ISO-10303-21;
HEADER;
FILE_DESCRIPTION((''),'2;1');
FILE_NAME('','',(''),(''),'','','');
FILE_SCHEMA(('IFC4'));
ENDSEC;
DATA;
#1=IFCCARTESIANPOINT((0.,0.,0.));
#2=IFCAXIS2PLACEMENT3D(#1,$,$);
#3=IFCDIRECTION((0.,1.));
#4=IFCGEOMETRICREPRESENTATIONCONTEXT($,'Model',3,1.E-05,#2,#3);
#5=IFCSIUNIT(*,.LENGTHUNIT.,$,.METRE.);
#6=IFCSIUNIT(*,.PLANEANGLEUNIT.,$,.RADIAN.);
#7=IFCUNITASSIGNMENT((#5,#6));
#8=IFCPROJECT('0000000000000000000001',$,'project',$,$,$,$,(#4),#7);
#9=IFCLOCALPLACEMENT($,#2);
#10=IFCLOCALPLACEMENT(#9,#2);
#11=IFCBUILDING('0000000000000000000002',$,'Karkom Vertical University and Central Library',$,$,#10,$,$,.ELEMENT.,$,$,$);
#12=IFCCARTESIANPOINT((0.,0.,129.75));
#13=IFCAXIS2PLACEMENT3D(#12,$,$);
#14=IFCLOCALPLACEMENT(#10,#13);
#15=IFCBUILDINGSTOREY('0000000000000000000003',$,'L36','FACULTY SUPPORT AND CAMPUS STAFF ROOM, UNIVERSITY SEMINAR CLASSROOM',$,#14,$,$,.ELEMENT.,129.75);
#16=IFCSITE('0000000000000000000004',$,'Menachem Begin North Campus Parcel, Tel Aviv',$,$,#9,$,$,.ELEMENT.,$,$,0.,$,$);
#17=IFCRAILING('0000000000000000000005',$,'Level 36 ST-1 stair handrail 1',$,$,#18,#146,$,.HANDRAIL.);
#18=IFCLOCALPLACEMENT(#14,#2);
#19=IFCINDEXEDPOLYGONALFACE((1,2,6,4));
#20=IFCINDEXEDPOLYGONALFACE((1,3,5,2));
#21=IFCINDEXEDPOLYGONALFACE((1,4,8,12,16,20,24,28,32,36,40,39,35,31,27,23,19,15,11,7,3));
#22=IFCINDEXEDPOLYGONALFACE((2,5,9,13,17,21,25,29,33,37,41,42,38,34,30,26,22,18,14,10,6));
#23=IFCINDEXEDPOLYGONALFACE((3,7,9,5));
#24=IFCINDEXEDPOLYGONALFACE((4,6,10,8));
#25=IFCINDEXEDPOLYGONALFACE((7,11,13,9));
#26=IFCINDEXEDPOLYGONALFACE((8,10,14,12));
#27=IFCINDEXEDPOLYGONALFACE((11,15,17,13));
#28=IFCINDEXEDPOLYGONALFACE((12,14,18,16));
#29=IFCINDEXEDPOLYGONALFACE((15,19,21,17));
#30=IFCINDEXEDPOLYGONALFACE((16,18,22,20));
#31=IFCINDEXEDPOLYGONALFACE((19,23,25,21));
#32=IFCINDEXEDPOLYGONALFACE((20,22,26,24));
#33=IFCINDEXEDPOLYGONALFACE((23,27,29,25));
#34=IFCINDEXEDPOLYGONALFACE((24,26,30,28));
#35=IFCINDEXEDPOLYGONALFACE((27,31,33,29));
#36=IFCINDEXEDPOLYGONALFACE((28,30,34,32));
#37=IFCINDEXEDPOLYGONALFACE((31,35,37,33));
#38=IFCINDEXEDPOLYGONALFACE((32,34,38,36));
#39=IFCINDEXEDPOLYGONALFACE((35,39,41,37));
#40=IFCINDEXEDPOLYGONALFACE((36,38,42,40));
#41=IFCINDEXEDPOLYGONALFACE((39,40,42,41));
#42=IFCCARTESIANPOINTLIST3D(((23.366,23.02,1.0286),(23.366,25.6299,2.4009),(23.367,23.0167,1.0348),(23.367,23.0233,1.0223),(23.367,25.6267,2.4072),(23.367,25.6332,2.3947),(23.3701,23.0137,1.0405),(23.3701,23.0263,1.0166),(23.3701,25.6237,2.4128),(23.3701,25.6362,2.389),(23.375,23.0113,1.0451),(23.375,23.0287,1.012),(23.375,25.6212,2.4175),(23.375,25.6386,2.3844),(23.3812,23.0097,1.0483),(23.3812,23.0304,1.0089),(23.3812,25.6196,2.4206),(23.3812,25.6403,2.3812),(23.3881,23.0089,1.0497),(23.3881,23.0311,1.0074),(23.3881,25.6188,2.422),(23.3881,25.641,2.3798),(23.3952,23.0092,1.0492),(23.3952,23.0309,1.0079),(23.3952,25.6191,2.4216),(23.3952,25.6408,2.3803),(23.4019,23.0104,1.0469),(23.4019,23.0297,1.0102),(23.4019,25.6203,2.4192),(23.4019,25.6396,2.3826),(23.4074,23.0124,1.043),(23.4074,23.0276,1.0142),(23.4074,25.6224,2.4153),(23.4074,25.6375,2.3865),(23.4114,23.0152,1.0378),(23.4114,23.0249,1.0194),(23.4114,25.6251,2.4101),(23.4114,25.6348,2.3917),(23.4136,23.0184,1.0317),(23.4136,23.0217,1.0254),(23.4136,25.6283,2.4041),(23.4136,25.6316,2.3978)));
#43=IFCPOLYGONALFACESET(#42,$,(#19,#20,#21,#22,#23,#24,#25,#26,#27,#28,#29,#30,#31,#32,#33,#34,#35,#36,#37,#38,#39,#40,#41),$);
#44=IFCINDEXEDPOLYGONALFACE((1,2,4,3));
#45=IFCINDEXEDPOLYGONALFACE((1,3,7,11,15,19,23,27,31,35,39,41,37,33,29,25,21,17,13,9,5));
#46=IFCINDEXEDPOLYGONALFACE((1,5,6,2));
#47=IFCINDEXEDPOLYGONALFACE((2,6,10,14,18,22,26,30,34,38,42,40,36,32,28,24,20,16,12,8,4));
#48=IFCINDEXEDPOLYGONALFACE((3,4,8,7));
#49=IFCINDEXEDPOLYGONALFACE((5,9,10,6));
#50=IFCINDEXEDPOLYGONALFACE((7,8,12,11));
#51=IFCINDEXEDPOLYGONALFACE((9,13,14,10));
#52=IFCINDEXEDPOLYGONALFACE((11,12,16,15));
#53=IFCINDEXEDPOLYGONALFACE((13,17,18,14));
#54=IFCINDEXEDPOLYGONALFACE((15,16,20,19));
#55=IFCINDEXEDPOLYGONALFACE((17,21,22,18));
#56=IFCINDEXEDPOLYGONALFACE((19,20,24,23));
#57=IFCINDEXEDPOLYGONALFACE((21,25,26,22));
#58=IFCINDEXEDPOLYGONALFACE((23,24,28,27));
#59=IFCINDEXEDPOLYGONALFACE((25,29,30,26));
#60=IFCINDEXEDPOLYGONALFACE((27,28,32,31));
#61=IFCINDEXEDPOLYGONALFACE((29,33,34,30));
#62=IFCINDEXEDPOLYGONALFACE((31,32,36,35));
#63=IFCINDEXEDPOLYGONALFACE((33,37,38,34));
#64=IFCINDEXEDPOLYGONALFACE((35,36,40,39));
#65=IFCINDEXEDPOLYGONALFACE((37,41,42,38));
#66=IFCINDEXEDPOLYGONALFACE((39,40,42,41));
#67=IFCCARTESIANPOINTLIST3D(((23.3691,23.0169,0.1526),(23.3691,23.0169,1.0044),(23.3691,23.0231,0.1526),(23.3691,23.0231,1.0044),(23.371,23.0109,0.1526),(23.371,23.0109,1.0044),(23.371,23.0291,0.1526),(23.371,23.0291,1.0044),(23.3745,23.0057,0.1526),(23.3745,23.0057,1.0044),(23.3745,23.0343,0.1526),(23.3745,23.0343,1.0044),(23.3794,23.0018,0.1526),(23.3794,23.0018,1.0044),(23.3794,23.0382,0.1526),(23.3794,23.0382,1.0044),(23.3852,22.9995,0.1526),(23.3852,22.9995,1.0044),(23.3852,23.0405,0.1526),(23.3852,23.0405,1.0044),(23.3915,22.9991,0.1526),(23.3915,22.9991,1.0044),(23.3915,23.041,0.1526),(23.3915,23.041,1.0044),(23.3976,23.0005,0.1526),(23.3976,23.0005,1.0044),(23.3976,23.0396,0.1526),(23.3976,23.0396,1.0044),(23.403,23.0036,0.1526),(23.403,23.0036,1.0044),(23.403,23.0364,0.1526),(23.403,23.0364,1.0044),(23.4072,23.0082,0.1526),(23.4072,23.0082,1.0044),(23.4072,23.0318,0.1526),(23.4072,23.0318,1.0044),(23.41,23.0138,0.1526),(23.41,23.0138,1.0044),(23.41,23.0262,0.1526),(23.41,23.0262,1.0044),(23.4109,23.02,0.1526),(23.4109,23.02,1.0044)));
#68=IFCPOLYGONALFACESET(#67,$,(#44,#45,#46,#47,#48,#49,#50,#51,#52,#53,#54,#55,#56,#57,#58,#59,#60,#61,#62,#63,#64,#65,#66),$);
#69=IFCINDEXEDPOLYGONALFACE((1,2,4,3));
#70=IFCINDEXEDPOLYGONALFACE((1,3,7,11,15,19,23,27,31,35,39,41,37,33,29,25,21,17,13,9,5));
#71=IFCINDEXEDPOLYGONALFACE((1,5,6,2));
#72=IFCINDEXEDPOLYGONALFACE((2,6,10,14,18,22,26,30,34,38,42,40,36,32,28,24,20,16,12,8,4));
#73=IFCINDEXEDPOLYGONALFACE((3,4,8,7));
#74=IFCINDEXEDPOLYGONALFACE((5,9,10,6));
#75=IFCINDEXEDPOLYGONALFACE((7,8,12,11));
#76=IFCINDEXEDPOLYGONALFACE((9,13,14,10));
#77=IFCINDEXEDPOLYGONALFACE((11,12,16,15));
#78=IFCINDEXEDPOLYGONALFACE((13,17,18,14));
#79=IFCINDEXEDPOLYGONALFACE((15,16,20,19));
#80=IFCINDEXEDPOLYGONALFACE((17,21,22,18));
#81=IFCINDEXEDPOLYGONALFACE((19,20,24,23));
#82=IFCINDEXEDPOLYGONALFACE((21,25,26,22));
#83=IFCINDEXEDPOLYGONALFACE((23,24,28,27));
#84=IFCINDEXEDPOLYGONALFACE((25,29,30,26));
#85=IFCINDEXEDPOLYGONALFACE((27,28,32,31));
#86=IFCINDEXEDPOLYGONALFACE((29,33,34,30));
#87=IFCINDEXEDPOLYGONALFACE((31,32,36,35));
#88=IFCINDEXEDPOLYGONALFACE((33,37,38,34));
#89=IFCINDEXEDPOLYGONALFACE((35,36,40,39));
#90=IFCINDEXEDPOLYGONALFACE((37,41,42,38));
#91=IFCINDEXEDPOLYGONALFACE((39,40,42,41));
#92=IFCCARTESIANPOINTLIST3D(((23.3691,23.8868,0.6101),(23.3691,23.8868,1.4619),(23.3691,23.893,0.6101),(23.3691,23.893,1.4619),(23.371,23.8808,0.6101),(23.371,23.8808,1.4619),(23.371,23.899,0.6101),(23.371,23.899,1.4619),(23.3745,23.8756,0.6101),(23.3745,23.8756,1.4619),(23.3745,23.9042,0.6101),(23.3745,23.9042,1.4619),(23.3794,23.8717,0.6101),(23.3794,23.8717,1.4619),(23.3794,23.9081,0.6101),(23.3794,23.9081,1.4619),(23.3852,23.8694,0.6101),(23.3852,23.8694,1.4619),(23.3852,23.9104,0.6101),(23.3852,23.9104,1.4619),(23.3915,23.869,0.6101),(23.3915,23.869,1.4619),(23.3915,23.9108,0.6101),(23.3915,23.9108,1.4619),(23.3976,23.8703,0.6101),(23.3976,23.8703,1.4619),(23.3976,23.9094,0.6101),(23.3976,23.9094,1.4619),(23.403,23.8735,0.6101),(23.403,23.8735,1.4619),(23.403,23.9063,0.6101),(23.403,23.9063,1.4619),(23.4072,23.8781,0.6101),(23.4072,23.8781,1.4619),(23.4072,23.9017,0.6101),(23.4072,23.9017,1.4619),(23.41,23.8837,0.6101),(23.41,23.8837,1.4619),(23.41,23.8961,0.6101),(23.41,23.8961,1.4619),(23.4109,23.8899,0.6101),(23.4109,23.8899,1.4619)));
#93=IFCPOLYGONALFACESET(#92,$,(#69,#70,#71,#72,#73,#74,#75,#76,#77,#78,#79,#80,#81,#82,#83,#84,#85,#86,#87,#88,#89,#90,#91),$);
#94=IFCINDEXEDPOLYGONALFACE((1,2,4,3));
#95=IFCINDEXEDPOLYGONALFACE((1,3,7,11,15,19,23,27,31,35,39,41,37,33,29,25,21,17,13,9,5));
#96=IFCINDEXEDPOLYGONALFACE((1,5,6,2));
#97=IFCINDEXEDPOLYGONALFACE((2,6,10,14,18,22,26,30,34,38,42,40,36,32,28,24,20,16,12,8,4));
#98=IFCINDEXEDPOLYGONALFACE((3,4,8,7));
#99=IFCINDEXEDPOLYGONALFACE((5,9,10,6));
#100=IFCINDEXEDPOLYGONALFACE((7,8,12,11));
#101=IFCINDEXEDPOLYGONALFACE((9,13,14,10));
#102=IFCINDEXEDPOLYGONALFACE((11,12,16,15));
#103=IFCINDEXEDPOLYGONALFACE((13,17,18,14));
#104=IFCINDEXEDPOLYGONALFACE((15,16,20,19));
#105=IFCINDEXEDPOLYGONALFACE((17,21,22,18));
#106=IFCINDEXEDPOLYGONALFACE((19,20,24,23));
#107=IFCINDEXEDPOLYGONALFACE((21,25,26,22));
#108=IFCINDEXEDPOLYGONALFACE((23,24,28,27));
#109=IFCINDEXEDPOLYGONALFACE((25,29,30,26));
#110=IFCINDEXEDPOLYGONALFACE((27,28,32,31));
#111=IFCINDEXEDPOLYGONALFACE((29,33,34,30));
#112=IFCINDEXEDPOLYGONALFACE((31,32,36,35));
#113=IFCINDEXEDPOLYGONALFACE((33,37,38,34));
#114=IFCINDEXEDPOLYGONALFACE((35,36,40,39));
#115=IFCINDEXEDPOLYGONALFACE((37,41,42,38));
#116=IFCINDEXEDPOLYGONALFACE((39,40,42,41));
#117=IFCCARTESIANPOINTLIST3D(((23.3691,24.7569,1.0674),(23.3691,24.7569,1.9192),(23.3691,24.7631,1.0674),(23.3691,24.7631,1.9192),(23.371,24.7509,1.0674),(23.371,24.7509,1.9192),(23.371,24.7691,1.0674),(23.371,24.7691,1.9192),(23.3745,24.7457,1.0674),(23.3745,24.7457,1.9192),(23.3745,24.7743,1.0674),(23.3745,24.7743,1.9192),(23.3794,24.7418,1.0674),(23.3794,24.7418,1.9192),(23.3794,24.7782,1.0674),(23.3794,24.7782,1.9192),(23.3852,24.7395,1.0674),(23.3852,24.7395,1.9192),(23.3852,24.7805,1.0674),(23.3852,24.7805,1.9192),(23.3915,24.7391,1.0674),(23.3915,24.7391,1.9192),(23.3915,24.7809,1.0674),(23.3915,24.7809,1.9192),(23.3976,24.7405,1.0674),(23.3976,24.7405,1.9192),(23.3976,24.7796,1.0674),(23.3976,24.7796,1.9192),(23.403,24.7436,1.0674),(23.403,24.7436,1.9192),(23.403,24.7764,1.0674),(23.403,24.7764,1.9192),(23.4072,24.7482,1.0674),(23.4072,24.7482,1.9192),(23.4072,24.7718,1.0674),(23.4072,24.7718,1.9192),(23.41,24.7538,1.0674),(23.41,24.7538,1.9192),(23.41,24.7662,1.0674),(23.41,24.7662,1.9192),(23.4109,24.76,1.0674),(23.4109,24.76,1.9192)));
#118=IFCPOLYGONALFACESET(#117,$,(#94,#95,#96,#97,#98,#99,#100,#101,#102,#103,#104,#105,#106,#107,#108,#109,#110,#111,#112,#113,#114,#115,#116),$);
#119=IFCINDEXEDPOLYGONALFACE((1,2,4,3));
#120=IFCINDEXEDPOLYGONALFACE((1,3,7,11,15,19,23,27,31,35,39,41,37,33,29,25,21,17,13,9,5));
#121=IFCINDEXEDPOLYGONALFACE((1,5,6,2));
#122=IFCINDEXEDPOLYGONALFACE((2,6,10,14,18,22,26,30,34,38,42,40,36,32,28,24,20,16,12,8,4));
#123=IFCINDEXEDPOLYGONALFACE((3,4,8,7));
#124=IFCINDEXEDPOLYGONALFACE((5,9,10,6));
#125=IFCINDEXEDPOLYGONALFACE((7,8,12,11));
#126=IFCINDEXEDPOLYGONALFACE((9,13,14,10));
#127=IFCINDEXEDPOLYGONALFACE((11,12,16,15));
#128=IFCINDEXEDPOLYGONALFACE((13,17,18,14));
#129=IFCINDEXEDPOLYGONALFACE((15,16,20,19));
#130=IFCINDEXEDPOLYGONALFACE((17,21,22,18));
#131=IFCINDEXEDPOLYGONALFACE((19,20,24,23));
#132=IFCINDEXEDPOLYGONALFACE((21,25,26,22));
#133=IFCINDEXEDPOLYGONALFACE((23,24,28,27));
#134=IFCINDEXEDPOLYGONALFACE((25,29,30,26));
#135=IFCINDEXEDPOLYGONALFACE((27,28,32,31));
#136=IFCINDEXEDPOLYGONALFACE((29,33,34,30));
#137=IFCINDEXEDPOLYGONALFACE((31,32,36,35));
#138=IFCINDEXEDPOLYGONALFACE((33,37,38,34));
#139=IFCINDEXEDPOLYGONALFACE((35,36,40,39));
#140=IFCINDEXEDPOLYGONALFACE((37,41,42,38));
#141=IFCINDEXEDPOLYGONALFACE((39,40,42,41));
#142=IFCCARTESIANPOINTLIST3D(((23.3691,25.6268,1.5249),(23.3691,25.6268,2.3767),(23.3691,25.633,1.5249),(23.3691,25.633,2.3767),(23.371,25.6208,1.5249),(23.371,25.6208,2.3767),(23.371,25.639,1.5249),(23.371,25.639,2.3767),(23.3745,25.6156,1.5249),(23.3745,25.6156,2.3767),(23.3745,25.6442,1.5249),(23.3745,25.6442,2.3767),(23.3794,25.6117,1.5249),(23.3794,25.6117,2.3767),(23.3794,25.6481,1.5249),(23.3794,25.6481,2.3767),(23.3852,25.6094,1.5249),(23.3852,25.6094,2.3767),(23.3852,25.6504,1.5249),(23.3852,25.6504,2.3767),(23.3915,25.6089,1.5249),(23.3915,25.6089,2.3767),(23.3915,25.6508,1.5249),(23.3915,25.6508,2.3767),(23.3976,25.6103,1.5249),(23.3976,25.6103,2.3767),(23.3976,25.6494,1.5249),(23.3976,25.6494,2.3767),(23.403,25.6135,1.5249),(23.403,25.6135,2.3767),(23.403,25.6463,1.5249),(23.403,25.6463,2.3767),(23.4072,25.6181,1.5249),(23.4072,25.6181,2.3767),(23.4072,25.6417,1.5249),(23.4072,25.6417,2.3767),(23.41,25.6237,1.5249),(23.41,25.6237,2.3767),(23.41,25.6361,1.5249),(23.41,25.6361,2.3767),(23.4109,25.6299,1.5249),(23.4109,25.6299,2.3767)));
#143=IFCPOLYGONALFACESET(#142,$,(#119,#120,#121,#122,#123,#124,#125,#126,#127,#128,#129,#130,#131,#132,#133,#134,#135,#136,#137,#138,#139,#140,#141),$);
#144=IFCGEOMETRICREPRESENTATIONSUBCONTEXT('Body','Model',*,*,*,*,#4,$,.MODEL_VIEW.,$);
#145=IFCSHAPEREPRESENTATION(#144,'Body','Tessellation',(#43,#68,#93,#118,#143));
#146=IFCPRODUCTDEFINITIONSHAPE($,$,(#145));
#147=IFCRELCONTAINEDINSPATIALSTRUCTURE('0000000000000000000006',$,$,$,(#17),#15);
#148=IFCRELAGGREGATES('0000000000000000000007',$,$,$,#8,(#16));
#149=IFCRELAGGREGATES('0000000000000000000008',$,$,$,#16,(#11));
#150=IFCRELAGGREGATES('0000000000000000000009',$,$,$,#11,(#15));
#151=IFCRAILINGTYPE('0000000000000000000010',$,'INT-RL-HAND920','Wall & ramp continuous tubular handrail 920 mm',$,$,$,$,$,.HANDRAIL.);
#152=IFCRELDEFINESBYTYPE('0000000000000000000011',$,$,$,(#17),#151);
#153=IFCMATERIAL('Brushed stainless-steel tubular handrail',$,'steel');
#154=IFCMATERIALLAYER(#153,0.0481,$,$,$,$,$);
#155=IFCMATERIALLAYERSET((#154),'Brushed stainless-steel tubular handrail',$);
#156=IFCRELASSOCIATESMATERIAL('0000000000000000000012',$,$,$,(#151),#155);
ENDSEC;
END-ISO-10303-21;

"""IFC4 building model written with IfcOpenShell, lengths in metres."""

from ifc_helpers import new_model, si_unit, direction, frame, origin, origin_2d, place, context, subcontext, project, spatial, circle, extrude, material, layer, layer_set, type_object, element, save


model = new_model("IFC4")

# Units and contexts
model_context = context("Model", 3, precision=1e-05, world=origin(), true_north=direction((0.0, 1.0)))
body_context = subcontext(model_context, "Body", "Model", "MODEL_VIEW")
ifc_project = project(units=[si_unit("LENGTHUNIT", "METRE"), si_unit("PLANEANGLEUNIT", "RADIAN")], contexts=[model_context])

# Site, building, storey
site_placement = place(None, origin())
site = spatial("IfcSite", under=ifc_project, at=site_placement, Name="Menachem Begin North Campus Parcel, Tel Aviv", CompositionType="ELEMENT", RefElevation=0.0)
building_placement = place(site_placement, origin())
building = spatial("IfcBuilding", under=site, at=building_placement, Name="Karkom Vertical University and Central Library", CompositionType="ELEMENT")
storey_placement = place(building_placement, frame((0.0, 0.0, 129.75)))
storey = spatial("IfcBuildingStorey", under=building, at=storey_placement, Name="L36", Description="FACULTY SUPPORT AND CAMPUS STAFF ROOM, UNIVERSITY SEMINAR CLASSROOM", CompositionType="ELEMENT", Elevation=129.75)

# Railing
ifc_material_1 = material(Name="Brushed stainless-steel tubular handrail", Category="steel")
ifc_layer_1 = layer(ifc_material_1, 0.0481)
ifc_layer_set_1 = layer_set([ifc_layer_1], Name="Brushed stainless-steel tubular handrail")
railing_type_1 = type_object("IfcRailingType", Name="INT-RL-HAND920", Description="Wall & ramp continuous tubular handrail 920 mm", PredefinedType="HANDRAIL", material=ifc_layer_set_1)
railing_1_placement = place(storey_placement, frame((23.3899, 23.02, 0.1526)))
element("IfcRailing", 1, at=railing_1_placement, inside=storey, type_object=railing_type_1, Name="Level 36 ST-1 stair handrail 1", PredefinedType="HANDRAIL", context=body_context, shape_type="SweptSolid", body=[
    extrude(circle(Radius=0.0239, at=origin_2d()), frame((0.0, 0.0, 0.876), z_axis=(0.0, 0.8851, 0.465402), x_axis=(-1.0, 0.0, 0.0)), (0.0, 0.0, 1.0), 2.9487),
    extrude(circle(Radius=0.021, at=origin_2d()), origin(), (0.0, 0.0, 1.0), 0.8518),
    extrude(circle(Radius=0.021, at=origin_2d()), frame((0.0, 0.8699, 0.4575)), (0.0, 0.0, 1.0), 0.8518),
    extrude(circle(Radius=0.021, at=origin_2d()), frame((0.0, 1.74, 0.9148)), (0.0, 0.0, 1.0), 0.8518),
    extrude(circle(Radius=0.021, at=origin_2d()), frame((0.0, 2.6099, 1.3723)), (0.0, 0.0, 1.0), 0.8518),
])

save(model, "model.ifc")
